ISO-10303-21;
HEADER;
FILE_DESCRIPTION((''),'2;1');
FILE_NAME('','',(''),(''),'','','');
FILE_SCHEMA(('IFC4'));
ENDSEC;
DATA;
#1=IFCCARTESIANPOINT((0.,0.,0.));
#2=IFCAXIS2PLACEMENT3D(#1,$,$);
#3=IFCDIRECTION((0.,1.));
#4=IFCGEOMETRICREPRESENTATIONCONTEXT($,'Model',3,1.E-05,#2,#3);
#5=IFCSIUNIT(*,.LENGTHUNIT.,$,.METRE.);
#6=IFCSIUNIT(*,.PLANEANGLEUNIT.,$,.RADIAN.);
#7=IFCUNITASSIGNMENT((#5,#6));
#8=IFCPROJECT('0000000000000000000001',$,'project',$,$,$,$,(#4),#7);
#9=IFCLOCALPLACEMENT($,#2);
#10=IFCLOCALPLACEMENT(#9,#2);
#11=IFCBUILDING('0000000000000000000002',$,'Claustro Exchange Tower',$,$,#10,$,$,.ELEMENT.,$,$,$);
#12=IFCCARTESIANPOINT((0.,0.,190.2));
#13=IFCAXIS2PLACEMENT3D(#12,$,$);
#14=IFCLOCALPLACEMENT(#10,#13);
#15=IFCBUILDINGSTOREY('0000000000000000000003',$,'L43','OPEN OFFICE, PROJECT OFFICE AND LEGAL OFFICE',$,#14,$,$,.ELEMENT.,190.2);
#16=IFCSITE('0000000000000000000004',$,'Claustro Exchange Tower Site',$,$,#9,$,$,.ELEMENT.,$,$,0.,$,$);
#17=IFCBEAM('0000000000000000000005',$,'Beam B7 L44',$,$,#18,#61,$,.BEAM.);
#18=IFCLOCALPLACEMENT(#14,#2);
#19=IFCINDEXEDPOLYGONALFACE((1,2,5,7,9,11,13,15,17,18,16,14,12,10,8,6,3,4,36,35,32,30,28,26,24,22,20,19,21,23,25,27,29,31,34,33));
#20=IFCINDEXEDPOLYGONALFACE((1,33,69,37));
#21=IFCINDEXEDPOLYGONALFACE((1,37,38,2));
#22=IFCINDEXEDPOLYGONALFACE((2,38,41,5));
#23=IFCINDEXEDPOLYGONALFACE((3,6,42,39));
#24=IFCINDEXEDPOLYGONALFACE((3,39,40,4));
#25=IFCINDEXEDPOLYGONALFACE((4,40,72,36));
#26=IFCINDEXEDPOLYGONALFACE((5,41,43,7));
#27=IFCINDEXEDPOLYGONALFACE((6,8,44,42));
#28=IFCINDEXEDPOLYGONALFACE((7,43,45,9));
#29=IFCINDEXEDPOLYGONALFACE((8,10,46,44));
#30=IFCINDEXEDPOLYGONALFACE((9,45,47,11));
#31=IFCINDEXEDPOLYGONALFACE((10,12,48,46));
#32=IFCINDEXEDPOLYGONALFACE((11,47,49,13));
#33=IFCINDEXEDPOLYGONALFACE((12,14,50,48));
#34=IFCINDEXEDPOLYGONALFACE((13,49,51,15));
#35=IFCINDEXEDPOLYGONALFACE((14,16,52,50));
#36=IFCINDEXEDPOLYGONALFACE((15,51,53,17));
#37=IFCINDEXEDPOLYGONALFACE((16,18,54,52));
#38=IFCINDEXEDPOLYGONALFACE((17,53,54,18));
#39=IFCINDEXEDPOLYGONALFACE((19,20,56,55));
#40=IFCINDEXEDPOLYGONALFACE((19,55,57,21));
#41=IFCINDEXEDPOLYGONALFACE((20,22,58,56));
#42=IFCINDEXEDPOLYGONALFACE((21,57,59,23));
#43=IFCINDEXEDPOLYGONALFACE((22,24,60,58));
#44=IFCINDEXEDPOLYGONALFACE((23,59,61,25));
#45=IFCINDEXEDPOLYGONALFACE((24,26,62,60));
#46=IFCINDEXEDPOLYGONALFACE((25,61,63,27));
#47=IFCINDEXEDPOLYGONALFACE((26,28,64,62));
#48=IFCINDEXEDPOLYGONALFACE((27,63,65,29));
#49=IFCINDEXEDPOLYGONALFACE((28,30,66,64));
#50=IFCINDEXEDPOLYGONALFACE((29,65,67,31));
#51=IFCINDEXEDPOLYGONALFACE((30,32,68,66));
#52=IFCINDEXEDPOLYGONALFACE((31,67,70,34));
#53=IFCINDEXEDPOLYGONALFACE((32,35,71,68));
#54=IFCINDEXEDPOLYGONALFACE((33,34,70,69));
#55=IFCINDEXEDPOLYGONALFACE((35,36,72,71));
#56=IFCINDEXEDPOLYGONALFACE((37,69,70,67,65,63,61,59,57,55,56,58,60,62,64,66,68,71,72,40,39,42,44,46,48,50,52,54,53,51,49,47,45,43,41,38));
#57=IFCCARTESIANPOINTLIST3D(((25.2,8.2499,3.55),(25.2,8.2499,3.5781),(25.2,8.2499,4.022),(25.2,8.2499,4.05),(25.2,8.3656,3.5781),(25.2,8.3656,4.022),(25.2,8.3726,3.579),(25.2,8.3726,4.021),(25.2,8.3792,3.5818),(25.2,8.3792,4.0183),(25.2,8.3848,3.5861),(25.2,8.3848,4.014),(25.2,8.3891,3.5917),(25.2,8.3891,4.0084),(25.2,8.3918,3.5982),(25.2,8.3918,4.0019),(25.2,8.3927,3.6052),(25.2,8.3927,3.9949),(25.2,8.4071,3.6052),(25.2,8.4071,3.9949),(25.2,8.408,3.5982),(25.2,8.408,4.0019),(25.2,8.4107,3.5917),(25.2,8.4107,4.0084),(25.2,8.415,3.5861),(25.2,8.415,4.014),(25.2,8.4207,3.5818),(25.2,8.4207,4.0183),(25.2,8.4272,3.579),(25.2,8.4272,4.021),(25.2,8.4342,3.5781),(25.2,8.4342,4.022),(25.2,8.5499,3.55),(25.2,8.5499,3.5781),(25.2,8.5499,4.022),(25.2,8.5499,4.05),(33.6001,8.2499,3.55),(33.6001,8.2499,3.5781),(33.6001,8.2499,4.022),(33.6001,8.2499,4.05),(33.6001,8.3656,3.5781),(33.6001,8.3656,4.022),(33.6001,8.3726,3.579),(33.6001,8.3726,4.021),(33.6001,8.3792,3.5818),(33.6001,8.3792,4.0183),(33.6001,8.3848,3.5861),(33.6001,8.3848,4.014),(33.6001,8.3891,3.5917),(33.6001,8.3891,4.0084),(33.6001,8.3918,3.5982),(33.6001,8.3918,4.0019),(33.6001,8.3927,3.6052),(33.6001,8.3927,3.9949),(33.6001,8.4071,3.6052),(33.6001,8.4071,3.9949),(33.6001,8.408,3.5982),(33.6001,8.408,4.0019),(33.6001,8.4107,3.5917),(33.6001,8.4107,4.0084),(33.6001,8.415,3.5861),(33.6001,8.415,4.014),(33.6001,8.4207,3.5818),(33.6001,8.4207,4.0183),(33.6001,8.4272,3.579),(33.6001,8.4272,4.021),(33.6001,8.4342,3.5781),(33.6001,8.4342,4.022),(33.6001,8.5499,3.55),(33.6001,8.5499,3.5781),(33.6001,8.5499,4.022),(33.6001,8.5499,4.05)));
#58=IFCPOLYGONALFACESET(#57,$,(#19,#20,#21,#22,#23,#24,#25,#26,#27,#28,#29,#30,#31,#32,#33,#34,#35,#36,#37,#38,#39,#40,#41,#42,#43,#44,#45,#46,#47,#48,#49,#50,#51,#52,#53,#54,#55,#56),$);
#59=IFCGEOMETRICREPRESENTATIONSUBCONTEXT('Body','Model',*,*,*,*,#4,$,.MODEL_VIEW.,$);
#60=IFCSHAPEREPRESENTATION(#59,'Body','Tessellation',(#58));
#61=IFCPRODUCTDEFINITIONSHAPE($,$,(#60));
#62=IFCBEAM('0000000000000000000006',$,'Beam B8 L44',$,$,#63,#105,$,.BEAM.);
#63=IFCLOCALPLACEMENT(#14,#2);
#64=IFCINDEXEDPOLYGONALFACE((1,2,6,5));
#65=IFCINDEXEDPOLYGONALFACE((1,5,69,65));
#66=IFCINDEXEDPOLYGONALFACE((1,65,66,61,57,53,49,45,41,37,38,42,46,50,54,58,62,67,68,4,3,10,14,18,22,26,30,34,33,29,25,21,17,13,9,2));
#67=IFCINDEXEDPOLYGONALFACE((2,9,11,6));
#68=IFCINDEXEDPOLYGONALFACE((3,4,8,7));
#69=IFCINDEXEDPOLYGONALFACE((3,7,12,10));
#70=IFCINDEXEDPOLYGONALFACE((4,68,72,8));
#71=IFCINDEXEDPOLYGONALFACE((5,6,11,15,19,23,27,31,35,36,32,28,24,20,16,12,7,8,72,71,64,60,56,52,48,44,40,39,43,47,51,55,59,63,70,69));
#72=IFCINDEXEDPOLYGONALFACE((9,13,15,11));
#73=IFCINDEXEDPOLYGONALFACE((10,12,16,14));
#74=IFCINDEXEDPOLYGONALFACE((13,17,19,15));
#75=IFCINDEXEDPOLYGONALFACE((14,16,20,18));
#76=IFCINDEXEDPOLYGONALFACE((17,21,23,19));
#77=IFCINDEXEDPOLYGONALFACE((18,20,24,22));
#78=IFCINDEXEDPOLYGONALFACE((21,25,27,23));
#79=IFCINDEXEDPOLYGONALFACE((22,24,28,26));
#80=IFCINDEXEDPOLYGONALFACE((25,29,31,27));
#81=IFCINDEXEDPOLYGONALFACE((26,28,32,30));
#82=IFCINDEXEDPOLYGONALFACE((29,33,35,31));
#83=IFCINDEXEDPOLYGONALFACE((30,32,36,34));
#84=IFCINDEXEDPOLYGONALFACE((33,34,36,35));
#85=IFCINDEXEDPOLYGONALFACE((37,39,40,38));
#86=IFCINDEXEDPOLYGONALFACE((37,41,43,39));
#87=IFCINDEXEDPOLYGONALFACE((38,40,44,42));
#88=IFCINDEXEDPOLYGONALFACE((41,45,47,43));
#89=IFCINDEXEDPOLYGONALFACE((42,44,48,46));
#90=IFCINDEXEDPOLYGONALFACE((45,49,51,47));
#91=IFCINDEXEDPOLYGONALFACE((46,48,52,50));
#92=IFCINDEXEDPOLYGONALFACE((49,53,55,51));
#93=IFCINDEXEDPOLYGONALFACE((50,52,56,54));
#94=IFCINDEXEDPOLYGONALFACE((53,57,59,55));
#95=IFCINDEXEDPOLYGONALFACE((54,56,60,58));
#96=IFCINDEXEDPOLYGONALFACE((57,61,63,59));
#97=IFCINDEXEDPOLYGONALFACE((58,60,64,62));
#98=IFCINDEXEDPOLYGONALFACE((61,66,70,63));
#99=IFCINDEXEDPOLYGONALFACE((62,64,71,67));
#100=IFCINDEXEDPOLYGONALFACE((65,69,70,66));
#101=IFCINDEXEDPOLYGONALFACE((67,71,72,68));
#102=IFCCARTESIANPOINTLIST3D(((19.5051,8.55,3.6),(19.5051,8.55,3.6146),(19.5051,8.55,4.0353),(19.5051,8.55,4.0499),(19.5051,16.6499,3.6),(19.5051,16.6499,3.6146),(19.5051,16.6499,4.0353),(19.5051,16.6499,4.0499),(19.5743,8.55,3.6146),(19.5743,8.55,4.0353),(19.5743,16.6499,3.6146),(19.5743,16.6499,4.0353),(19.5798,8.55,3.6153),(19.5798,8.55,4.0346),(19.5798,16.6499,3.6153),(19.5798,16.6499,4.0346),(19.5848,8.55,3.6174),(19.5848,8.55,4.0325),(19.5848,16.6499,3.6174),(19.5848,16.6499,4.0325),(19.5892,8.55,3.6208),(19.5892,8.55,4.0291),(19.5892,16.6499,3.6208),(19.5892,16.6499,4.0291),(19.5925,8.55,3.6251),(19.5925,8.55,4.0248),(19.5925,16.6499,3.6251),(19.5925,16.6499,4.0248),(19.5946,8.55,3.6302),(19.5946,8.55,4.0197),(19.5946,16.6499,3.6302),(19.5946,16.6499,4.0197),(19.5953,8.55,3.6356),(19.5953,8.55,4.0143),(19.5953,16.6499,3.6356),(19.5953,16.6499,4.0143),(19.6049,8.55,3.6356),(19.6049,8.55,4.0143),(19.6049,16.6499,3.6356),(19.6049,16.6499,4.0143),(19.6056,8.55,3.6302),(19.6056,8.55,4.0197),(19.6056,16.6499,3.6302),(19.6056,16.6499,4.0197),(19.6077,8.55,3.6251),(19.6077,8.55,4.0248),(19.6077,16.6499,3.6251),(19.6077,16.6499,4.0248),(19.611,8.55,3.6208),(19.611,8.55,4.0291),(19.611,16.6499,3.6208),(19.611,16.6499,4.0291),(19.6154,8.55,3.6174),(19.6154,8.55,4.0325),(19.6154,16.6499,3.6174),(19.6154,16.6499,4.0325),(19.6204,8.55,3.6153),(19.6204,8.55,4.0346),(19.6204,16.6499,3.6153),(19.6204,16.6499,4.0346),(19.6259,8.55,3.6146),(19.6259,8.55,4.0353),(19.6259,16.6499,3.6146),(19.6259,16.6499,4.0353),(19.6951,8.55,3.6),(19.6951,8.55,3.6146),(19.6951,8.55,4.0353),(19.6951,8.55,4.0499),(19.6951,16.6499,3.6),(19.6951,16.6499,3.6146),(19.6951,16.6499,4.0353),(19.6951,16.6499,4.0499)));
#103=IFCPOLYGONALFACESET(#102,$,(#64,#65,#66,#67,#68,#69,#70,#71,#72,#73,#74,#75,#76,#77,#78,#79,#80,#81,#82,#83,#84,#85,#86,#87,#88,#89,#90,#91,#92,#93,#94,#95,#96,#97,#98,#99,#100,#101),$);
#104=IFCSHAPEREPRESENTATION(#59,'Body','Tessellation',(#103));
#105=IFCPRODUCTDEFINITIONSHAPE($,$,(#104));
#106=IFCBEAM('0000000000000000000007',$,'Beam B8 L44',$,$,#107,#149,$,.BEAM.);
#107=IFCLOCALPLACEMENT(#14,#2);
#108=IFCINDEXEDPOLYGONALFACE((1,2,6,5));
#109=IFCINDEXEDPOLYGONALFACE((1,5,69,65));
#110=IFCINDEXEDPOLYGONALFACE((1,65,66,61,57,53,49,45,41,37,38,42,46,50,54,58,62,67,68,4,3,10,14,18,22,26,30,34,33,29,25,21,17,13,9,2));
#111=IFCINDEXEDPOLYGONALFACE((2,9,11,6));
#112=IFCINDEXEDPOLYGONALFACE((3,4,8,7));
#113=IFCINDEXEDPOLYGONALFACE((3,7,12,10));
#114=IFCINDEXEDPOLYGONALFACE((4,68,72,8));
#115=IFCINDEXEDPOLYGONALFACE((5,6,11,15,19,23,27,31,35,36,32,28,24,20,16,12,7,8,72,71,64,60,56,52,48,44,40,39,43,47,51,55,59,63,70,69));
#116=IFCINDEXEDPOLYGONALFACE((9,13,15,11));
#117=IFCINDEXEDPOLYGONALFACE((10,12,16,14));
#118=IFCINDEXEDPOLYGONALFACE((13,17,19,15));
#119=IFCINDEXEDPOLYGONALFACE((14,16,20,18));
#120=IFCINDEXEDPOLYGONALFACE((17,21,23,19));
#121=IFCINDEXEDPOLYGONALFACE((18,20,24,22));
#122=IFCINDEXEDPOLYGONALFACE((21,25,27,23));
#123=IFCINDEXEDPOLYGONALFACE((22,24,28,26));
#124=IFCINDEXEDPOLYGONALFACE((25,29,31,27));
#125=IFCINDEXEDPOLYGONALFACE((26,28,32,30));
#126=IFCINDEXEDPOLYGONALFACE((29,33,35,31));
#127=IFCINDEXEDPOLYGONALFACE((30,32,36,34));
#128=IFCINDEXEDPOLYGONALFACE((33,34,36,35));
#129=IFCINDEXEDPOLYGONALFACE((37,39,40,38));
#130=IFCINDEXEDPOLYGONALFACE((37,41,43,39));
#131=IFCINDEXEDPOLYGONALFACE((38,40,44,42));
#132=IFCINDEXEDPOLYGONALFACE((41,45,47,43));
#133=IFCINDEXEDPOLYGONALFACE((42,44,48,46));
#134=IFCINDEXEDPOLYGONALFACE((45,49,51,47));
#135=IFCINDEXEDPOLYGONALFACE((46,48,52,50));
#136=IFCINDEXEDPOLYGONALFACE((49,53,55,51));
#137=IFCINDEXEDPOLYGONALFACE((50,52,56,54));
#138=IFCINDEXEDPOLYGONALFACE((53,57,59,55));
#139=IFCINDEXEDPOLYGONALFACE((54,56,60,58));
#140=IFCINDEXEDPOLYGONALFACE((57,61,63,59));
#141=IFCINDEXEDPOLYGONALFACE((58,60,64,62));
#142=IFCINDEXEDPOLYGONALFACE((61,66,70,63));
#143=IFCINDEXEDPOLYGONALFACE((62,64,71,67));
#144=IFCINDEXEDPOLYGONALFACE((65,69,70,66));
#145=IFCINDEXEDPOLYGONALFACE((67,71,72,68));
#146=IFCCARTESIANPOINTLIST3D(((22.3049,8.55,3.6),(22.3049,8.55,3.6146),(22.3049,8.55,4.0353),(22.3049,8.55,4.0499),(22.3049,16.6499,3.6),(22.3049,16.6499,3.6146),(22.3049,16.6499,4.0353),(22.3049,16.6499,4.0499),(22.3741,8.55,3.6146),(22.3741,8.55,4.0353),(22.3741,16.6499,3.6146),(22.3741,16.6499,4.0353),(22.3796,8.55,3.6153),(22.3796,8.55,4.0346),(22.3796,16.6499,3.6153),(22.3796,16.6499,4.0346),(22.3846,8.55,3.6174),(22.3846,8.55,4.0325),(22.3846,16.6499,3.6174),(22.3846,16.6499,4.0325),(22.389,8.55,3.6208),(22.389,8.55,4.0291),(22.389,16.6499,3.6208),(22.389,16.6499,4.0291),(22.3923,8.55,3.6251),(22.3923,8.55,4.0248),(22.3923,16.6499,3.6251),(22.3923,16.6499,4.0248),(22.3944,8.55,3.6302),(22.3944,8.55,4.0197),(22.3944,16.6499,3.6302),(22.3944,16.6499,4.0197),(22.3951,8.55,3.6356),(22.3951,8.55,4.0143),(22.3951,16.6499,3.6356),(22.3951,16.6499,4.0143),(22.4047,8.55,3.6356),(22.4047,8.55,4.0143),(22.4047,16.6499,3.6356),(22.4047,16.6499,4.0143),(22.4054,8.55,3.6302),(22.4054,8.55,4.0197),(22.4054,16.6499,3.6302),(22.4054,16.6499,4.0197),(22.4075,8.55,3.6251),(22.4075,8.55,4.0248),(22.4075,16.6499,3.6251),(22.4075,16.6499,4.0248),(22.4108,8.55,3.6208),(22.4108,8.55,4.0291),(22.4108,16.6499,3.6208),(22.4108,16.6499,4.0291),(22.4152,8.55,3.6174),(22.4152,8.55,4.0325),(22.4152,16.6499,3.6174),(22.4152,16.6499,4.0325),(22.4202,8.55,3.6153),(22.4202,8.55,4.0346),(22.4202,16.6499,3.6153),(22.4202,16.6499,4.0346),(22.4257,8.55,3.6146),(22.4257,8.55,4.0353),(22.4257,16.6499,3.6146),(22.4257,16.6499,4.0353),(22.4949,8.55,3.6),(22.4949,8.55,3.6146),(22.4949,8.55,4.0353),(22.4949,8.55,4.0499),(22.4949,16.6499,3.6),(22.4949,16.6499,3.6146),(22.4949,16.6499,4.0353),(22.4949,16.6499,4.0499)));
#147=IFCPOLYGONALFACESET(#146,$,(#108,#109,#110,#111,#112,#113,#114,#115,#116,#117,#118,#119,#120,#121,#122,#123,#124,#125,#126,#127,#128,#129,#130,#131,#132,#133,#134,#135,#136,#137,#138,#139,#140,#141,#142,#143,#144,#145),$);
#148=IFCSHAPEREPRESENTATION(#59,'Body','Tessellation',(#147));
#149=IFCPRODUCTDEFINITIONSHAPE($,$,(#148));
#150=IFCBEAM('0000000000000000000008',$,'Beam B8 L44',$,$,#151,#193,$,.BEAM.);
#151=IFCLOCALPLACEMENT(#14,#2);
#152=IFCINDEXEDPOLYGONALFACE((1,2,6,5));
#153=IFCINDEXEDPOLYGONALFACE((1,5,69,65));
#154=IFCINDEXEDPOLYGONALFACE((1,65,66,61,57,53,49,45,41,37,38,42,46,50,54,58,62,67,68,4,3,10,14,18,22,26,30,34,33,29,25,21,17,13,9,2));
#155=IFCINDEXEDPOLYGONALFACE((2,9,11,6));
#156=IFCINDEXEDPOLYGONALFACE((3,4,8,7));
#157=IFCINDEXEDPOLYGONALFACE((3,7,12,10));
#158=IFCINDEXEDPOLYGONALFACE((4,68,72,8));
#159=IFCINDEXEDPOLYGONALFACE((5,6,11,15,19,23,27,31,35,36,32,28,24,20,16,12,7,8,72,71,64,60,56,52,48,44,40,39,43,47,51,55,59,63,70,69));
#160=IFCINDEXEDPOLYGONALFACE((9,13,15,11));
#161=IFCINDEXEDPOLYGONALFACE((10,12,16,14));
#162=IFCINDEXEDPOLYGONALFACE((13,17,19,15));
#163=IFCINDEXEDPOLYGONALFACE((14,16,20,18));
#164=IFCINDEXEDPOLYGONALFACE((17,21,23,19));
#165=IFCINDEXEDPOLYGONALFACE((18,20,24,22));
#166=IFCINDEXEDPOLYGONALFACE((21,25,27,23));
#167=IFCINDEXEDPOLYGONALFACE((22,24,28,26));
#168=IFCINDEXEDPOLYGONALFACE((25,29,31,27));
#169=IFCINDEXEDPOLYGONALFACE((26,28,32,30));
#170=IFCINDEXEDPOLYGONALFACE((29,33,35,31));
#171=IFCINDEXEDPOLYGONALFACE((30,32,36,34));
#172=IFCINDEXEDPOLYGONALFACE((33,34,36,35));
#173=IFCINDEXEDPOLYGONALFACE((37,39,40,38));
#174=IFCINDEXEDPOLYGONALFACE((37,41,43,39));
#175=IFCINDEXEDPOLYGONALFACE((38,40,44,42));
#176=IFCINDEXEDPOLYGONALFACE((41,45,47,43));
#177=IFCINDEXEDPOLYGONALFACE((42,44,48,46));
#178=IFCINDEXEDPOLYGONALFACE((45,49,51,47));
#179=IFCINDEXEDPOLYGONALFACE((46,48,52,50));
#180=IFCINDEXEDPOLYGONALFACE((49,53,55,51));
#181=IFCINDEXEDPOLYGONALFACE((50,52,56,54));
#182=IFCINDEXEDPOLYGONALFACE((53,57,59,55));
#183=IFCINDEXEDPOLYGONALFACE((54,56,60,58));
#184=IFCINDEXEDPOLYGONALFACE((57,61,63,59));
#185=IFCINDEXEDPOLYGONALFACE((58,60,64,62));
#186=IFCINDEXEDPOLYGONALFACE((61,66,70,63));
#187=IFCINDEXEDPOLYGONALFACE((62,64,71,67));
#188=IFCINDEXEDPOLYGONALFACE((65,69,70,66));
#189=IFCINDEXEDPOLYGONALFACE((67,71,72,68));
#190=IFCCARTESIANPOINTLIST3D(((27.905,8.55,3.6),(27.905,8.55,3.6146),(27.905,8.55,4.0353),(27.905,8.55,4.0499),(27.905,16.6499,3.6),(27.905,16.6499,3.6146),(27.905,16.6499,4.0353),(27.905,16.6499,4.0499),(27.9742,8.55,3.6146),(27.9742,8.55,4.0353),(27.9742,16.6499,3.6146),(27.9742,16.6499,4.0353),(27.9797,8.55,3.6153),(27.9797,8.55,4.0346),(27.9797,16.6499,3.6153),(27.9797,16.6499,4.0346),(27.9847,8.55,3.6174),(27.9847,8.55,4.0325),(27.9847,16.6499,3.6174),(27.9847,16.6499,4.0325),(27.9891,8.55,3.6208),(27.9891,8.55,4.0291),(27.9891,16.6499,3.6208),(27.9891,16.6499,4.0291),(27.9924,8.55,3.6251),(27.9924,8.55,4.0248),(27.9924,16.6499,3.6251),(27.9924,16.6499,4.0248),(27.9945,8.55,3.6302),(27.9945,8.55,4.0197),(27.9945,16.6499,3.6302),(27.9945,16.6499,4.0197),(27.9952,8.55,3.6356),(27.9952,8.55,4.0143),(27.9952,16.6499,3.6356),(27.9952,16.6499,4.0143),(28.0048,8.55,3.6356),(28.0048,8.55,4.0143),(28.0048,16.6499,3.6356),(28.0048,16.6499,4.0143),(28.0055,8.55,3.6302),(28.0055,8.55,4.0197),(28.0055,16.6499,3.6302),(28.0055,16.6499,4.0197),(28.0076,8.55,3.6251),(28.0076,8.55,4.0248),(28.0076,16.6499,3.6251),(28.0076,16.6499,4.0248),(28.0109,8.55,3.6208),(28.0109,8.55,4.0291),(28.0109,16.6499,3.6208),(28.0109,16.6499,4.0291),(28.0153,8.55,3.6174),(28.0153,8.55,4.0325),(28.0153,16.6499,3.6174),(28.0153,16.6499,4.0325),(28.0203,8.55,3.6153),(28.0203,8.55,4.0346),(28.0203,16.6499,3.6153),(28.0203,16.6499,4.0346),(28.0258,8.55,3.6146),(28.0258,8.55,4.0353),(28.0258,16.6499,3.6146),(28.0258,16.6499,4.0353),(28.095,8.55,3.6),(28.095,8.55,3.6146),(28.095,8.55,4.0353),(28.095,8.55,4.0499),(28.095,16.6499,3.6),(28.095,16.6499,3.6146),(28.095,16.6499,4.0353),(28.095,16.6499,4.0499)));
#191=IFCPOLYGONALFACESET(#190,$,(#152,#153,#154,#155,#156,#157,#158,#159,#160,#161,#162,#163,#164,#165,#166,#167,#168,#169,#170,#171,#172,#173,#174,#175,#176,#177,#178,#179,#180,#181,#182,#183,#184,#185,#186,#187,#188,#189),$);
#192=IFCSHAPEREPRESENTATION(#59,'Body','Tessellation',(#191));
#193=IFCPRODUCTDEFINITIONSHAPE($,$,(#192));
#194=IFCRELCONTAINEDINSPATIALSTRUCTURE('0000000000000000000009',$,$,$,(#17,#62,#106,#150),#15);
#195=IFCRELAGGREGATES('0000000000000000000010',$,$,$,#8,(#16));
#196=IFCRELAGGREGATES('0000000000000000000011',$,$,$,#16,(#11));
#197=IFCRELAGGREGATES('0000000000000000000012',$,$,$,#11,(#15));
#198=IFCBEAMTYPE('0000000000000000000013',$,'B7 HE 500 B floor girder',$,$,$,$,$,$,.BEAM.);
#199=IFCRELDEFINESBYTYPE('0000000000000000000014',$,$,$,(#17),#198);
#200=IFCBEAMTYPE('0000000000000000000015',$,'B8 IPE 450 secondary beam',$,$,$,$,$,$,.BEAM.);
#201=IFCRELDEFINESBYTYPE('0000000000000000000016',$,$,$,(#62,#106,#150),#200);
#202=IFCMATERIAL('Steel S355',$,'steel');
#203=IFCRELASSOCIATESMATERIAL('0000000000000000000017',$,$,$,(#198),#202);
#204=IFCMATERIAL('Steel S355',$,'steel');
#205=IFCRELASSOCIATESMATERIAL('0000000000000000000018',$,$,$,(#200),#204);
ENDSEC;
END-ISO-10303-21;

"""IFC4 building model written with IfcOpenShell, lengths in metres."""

from ifc_helpers import new_model, si_unit, direction, frame, origin, origin_2d, place, context, subcontext, project, spatial, i_section, extrude, material, material_profile, profile_set, type_object, element, save


model = new_model("IFC4")

# Units and contexts
model_context = context("Model", 3, precision=1e-05, world=origin(), true_north=direction((0.0, 1.0)))
body_context = subcontext(model_context, "Body", "Model", "MODEL_VIEW")
ifc_project = project(units=[si_unit("LENGTHUNIT", "METRE"), si_unit("PLANEANGLEUNIT", "RADIAN")], contexts=[model_context])

# Site, building, storey
site_placement = place(None, origin())
site = spatial("IfcSite", under=ifc_project, at=site_placement, Name="Claustro Exchange Tower Site", CompositionType="ELEMENT", RefElevation=0.0)
building_placement = place(site_placement, origin())
building = spatial("IfcBuilding", under=site, at=building_placement, Name="Claustro Exchange Tower", CompositionType="ELEMENT")
storey_placement = place(building_placement, frame((0.0, 0.0, 190.2)))
storey = spatial("IfcBuildingStorey", under=building, at=storey_placement, Name="L43", Description="OPEN OFFICE, PROJECT OFFICE AND LEGAL OFFICE", CompositionType="ELEMENT", Elevation=190.2)

# Beams
ifc_material_1 = material(Name="Steel S355", Category="steel")
ifc_material_profile_1 = material_profile(ifc_material_1, i_section(OverallWidth=0.3, OverallDepth=0.5, WebThickness=0.0144, FlangeThickness=0.0281, FilletRadius=0.0271, at=origin_2d()), Name="HE 500 B")
ifc_profile_set_1 = profile_set([ifc_material_profile_1], Name="Steel S355")
beam_type_1 = type_object("IfcBeamType", Name="B7 HE 500 B floor girder", PredefinedType="BEAM", material=ifc_profile_set_1)
for number, where, z_axis, x_axis, name in (
    (1, (25.2, 8.3999, 3.8), (1.0, 0.0, 0.0), (0.0, 1.0, 0.0), "Beam B7 L44"),
):
    element("IfcBeam", number, at=place(storey_placement, frame(where, z_axis=z_axis, x_axis=x_axis)), inside=storey, type_object=beam_type_1, Name=name, PredefinedType="BEAM", context=body_context, shape_type="SweptSolid", body=[
        extrude(i_section(OverallWidth=0.3, OverallDepth=0.5, WebThickness=0.0144, FlangeThickness=0.0281, FilletRadius=0.0271, at=origin_2d()), origin(), (0.0, 0.0, 1.0), 8.4001),
    ])
ifc_material_2 = material(Name="Steel S355", Category="steel")
ifc_material_profile_2 = material_profile(ifc_material_2, i_section(OverallWidth=0.1899, OverallDepth=0.45, WebThickness=0.0095, FlangeThickness=0.0146, FilletRadius=0.021, at=origin_2d()), Name="IPE 450")
ifc_profile_set_2 = profile_set([ifc_material_profile_2], Name="Steel S355")
beam_type_2 = type_object("IfcBeamType", Name="B8 IPE 450 secondary beam", PredefinedType="BEAM", material=ifc_profile_set_2)
for number, where, z_axis, x_axis, name in (
    (2, (19.6001, 8.55, 3.825), (0.0, 1.0, 0.0), (-1.0, 0.0, 0.0), "Beam B8 L44"),
    (3, (22.3999, 8.55, 3.825), (0.0, 1.0, 0.0), (-1.0, 0.0, 0.0), "Beam B8 L44"),
    (4, (28.0, 8.55, 3.825), (0.0, 1.0, 0.0), (-1.0, 0.0, 0.0), "Beam B8 L44"),
):
    element("IfcBeam", number, at=place(storey_placement, frame(where, z_axis=z_axis, x_axis=x_axis)), inside=storey, type_object=beam_type_2, Name=name, PredefinedType="BEAM", context=body_context, shape_type="SweptSolid", body=[
        extrude(i_section(OverallWidth=0.1899, OverallDepth=0.45, WebThickness=0.0095, FlangeThickness=0.0146, FilletRadius=0.021, at=origin_2d()), origin(), (0.0, 0.0, 1.0), 8.0999),
    ])

save(model, "model.ifc")
